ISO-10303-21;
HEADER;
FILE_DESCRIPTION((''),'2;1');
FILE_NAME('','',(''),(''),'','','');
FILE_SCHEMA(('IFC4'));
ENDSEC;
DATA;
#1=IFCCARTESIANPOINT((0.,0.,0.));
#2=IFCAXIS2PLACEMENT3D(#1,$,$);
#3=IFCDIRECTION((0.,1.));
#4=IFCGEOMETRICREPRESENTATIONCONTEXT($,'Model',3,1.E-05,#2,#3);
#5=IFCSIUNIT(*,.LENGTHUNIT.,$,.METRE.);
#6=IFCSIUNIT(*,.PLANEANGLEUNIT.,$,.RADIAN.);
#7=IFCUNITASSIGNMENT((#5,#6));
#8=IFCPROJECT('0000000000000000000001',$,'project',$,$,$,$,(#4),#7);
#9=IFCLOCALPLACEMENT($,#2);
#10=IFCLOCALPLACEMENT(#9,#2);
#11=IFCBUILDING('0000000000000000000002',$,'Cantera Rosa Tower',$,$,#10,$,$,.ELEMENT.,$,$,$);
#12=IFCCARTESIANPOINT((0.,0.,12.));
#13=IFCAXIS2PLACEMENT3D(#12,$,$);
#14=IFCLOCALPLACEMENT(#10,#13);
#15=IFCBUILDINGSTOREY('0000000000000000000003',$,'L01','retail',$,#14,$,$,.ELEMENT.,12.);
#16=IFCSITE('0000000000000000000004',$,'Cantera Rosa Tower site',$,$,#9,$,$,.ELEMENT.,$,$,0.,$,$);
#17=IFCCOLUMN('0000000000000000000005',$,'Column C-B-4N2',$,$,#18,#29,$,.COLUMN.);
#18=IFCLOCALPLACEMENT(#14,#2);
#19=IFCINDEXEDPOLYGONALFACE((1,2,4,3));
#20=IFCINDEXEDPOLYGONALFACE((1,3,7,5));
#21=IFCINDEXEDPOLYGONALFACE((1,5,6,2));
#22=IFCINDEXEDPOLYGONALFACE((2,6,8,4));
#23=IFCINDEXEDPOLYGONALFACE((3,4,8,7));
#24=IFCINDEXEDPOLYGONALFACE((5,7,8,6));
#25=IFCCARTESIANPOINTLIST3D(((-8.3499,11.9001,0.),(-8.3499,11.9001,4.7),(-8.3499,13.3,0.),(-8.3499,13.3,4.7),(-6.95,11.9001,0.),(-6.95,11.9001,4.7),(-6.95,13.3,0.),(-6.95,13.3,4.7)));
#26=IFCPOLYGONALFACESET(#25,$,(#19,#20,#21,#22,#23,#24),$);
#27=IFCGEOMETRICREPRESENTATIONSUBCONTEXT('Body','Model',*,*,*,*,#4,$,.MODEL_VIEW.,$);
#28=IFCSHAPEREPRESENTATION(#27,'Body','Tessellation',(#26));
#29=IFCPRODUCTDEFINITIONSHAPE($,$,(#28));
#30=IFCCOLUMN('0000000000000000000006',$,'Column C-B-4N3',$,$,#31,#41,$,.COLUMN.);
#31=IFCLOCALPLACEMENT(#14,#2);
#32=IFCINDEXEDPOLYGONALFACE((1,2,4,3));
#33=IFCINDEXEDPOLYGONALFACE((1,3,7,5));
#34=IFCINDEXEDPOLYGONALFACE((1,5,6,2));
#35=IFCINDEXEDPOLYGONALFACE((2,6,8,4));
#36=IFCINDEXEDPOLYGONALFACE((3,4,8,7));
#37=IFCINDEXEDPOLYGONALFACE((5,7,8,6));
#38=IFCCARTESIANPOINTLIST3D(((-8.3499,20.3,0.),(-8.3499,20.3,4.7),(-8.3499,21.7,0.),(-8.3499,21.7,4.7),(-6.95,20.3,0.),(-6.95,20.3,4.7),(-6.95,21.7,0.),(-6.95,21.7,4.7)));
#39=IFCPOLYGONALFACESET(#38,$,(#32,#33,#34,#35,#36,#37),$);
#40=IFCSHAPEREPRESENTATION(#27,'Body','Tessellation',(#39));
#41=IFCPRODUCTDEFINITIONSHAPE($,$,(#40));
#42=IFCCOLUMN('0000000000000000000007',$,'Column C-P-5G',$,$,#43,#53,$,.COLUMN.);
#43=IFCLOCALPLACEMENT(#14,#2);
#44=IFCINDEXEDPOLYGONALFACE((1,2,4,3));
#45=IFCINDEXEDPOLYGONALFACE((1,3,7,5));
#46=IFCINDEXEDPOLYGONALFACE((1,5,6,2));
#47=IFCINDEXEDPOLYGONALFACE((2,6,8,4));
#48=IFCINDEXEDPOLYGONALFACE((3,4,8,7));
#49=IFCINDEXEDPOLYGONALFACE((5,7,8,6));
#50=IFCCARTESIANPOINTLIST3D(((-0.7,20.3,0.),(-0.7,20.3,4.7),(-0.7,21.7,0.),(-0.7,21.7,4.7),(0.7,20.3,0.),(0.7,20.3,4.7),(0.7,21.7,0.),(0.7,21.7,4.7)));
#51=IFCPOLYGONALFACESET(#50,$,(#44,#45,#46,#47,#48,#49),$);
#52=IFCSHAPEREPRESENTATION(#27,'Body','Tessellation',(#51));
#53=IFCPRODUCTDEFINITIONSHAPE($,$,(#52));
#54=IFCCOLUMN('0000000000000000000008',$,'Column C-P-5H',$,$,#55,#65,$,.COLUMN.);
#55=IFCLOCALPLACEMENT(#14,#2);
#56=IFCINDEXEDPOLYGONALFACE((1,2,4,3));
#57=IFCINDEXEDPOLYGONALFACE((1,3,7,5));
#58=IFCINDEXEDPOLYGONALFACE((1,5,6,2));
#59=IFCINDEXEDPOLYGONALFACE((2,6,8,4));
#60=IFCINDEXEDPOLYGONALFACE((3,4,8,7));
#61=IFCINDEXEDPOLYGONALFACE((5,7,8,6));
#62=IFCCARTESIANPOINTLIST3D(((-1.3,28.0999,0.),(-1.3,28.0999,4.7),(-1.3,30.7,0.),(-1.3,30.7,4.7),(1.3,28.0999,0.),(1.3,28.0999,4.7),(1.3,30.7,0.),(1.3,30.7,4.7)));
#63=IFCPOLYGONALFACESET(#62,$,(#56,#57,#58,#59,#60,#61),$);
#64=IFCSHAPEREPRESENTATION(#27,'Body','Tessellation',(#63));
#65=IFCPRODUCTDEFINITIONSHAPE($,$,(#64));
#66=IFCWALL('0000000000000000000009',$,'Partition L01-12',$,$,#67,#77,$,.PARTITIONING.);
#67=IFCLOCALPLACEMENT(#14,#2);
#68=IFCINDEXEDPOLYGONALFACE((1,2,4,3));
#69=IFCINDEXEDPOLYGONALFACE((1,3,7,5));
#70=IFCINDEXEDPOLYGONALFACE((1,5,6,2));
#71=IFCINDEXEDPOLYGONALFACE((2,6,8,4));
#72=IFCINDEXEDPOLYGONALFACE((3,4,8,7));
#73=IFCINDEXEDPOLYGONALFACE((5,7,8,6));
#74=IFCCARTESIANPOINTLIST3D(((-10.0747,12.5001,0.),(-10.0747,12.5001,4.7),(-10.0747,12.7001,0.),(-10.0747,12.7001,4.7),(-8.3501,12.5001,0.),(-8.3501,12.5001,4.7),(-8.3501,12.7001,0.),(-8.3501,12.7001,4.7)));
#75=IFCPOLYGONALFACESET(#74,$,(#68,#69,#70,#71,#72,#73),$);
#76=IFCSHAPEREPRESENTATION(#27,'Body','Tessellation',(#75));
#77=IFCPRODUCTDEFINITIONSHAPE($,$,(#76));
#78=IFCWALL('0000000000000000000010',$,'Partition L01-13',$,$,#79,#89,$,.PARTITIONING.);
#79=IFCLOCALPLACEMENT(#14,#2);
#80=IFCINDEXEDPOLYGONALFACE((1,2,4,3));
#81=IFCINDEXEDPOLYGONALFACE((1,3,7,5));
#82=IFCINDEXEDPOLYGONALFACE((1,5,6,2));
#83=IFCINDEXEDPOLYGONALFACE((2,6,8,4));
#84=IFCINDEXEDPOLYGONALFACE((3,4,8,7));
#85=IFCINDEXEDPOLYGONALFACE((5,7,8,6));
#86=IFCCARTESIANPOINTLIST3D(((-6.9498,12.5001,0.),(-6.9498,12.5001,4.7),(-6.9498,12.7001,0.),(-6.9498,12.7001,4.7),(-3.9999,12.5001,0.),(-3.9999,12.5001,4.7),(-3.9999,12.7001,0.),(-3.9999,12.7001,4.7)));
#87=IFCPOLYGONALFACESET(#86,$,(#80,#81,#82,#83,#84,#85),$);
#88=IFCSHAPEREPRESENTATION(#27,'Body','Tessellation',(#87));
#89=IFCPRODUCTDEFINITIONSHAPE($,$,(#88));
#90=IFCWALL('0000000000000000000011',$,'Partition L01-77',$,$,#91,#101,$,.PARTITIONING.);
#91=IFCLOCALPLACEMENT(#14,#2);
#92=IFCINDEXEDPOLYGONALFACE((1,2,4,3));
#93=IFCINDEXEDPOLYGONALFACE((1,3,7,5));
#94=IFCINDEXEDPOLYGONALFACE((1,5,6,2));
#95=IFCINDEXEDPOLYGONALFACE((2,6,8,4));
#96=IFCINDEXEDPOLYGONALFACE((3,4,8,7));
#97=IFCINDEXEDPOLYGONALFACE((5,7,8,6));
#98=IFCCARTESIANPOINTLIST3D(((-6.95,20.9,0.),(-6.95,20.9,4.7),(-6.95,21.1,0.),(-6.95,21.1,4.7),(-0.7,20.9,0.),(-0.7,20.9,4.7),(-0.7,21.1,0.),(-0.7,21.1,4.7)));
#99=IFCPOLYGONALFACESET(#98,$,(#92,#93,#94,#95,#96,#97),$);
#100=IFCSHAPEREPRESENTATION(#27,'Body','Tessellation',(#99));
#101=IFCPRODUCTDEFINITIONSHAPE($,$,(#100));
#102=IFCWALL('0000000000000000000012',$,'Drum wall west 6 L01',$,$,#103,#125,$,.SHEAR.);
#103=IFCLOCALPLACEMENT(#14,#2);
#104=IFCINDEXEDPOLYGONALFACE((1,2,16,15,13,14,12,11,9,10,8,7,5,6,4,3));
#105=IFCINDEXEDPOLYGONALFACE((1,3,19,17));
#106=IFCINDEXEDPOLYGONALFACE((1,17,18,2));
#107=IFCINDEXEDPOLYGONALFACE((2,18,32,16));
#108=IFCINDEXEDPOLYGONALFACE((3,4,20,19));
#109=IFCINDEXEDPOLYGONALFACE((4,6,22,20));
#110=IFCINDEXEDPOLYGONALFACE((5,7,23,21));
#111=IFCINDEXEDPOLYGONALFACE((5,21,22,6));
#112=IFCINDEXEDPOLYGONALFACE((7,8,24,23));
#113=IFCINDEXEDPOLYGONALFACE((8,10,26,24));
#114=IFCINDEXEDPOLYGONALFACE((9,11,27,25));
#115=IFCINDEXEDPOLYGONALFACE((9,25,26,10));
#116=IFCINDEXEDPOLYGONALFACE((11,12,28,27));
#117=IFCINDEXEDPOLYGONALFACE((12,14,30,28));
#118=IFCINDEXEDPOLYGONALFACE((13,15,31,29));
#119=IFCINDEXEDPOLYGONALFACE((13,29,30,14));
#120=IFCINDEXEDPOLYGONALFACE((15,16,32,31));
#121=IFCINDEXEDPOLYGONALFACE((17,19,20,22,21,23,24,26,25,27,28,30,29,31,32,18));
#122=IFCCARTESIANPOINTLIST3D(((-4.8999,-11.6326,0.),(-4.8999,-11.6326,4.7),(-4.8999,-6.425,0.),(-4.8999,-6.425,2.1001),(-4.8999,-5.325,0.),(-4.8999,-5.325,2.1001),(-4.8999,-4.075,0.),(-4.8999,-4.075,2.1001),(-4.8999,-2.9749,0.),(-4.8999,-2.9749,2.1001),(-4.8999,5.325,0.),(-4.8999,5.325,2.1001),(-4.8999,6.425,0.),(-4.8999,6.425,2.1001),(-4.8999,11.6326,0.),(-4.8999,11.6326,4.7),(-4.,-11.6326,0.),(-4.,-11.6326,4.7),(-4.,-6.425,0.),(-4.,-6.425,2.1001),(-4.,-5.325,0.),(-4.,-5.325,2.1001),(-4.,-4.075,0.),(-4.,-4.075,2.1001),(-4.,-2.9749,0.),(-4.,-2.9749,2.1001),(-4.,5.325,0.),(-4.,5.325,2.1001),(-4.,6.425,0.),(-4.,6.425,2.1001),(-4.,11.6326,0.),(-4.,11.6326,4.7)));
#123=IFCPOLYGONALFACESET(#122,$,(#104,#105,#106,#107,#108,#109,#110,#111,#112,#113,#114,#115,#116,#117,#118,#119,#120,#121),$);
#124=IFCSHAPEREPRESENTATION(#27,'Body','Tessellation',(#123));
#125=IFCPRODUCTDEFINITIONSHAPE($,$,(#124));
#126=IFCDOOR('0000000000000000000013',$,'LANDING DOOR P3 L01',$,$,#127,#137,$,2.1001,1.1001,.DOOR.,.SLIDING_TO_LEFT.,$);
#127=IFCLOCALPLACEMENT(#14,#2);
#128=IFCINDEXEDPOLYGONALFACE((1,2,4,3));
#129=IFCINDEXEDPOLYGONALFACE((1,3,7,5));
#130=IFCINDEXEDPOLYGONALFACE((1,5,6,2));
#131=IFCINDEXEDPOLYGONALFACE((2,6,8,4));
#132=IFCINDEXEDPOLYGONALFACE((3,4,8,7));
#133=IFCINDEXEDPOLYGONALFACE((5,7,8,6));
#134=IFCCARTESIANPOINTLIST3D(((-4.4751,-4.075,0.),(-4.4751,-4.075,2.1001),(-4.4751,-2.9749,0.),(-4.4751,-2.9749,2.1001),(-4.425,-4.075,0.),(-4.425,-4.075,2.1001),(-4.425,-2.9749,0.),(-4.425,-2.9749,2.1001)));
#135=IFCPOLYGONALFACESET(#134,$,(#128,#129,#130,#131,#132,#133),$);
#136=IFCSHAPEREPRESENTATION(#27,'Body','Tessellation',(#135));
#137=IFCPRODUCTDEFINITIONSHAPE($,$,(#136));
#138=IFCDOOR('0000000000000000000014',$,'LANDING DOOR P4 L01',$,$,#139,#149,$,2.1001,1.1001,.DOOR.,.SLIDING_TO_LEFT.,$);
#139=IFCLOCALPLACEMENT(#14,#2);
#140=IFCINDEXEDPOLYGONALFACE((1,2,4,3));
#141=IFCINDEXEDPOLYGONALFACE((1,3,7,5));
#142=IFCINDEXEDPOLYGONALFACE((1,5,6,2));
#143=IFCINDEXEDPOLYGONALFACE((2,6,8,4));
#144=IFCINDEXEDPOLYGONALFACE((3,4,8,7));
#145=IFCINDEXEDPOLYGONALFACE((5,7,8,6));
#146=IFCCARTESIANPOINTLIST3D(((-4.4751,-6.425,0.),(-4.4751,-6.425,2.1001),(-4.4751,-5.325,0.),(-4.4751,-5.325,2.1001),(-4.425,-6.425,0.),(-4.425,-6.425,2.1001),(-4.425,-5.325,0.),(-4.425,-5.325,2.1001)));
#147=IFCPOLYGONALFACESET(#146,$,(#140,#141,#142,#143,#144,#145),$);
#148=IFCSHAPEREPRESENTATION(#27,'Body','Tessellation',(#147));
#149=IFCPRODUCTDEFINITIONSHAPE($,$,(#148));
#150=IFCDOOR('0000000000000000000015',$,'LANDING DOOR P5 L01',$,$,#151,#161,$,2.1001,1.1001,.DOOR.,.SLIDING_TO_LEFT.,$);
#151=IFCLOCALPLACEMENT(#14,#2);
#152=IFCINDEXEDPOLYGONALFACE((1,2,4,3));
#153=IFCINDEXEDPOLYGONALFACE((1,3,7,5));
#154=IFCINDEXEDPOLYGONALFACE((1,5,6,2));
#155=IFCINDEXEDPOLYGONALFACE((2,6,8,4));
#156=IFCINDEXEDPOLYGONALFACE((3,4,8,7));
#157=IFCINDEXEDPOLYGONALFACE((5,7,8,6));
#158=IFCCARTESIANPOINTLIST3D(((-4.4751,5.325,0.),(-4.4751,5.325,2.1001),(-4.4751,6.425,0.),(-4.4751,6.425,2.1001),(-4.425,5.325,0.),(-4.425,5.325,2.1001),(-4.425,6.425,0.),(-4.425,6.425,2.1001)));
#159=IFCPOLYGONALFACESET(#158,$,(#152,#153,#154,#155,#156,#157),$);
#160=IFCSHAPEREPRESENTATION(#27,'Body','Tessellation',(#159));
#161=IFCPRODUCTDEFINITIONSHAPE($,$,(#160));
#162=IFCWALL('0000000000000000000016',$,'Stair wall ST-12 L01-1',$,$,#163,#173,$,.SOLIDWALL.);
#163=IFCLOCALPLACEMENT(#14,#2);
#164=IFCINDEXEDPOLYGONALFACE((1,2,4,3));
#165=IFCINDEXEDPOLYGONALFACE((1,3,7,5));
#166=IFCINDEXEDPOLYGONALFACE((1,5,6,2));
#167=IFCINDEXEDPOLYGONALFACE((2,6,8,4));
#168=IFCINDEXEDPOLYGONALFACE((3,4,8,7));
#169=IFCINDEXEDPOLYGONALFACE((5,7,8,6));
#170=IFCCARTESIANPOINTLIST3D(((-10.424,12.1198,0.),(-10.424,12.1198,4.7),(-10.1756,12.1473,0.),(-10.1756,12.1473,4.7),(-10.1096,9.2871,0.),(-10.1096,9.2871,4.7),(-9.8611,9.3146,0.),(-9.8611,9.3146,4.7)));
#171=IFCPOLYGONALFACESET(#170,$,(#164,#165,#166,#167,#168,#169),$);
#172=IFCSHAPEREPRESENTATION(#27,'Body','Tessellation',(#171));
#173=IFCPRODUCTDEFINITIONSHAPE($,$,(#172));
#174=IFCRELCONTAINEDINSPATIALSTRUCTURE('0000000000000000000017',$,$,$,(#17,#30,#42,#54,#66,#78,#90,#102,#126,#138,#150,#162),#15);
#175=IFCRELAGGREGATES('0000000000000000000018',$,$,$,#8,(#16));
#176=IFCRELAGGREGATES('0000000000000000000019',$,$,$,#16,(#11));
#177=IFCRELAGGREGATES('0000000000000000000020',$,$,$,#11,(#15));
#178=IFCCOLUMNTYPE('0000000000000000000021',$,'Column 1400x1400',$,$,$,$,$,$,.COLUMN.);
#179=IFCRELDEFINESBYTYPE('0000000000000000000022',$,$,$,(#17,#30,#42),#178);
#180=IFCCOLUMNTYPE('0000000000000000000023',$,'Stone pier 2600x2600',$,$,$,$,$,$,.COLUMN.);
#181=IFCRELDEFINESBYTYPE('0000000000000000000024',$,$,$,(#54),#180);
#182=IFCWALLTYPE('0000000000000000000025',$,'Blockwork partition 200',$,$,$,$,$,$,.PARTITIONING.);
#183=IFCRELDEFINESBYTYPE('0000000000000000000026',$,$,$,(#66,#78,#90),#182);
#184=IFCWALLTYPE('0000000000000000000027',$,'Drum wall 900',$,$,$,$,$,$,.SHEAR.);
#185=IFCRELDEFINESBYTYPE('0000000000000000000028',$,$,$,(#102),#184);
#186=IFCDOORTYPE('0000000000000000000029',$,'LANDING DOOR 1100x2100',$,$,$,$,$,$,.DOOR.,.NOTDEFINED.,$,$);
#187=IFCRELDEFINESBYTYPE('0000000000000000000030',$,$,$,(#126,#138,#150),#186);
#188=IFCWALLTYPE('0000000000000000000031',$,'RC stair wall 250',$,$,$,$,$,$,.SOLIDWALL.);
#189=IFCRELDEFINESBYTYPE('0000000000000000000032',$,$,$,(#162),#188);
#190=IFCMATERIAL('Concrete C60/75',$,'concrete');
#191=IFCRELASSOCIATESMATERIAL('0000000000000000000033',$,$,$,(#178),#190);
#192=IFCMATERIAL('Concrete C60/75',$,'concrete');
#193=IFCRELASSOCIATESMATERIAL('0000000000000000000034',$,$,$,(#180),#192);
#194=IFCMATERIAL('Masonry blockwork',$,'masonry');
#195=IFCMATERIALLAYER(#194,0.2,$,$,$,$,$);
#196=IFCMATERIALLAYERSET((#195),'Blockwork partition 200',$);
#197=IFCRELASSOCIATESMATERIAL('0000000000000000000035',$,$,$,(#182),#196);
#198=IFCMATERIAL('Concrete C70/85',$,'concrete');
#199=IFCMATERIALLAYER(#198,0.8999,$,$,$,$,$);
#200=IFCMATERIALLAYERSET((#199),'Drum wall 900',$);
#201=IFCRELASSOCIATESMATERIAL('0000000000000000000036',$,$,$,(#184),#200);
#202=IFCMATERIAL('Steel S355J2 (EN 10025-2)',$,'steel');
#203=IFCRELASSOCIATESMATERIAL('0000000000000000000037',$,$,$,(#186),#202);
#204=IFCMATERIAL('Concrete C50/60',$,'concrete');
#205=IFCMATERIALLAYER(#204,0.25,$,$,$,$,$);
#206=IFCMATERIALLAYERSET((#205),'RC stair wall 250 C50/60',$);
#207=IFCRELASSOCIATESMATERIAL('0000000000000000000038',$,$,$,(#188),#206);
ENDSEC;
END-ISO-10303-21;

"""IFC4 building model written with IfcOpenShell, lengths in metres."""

from ifc_helpers import new_model, si_unit, direction, frame, frame_2d, origin, origin_2d, place, context, subcontext, project, spatial, rectangle, extrude, material, layer, layer_set, material_profile, profile_set, type_object, element, fill, save


model = new_model("IFC4")

# Units and contexts
model_context = context("Model", 3, precision=1e-05, world=origin(), true_north=direction((0.0, 1.0)))
body_context = subcontext(model_context, "Body", "Model", "MODEL_VIEW")
ifc_project = project(units=[si_unit("LENGTHUNIT", "METRE"), si_unit("PLANEANGLEUNIT", "RADIAN")], contexts=[model_context])

# Site, building, storey
site_placement = place(None, origin())
site = spatial("IfcSite", under=ifc_project, at=site_placement, Name="Cantera Rosa Tower site", CompositionType="ELEMENT", RefElevation=0.0)
building_placement = place(site_placement, origin())
building = spatial("IfcBuilding", under=site, at=building_placement, Name="Cantera Rosa Tower", CompositionType="ELEMENT")
storey_placement = place(building_placement, frame((0.0, 0.0, 12.0)))
storey = spatial("IfcBuildingStorey", under=building, at=storey_placement, Name="L01", Description="retail", CompositionType="ELEMENT", Elevation=12.0)

# Columns
ifc_material_1 = material(Name="Concrete C60/75", Category="concrete")
ifc_material_profile_1 = material_profile(ifc_material_1, rectangle(XDim=1.3999, YDim=1.3999, at=origin_2d()), Name="Column 1400x1400")
ifc_profile_set_1 = profile_set([ifc_material_profile_1], Name="Concrete C60/75")
column_type_1 = type_object("IfcColumnType", Name="Column 1400x1400", PredefinedType="COLUMN", material=ifc_profile_set_1)
for number, where, z_axis, x_axis, name in (
    (1, (-7.6499, 12.6001, 0.0), (0.0, 0.0, 1.0), (1.0, 0.0, 0.0), "Column C-B-4N2"),
    (2, (-7.6499, 21.0, 0.0), (0.0, 0.0, 1.0), (1.0, 0.0, 0.0), "Column C-B-4N3"),
    (3, (0.0, 21.0, 0.0), (0.0, 0.0, 1.0), (1.0, 0.0, 0.0), "Column C-P-5G"),
):
    element("IfcColumn", number, at=place(storey_placement, frame(where, z_axis=z_axis, x_axis=x_axis)), inside=storey, type_object=column_type_1, Name=name, PredefinedType="COLUMN", context=body_context, shape_type="SweptSolid", body=[
        extrude(rectangle(XDim=1.3999, YDim=1.3999, at=origin_2d()), origin(), (0.0, 0.0, 1.0), 4.7),
    ])
ifc_material_2 = material(Name="Concrete C60/75", Category="concrete")
ifc_material_profile_2 = material_profile(ifc_material_2, rectangle(XDim=2.6001, YDim=2.6001, at=origin_2d()), Name="Stone pier 2600x2600")
ifc_profile_set_2 = profile_set([ifc_material_profile_2], Name="Concrete C60/75")
column_type_2 = type_object("IfcColumnType", Name="Stone pier 2600x2600", PredefinedType="COLUMN", material=ifc_profile_set_2)
column_placement = place(storey_placement, frame((0.0, 29.3999, 0.0), z_axis=(0.0, 0.0, 1.0), x_axis=(1.0, 0.0, 0.0)))
element("IfcColumn", 4, at=column_placement, inside=storey, type_object=column_type_2, Name="Column C-P-5H", PredefinedType="COLUMN", context=body_context, shape_type="SweptSolid", body=[
    extrude(rectangle(XDim=2.6001, YDim=2.6001, at=origin_2d()), origin(), (0.0, 0.0, 1.0), 4.7),
])

# Walls
ifc_material_3 = material(Name="Masonry blockwork", Category="masonry")
ifc_layer_1 = layer(ifc_material_3, 0.2)
ifc_layer_set_1 = layer_set([ifc_layer_1], Name="Blockwork partition 200")
wall_type_1 = type_object("IfcWallType", Name="Blockwork partition 200", PredefinedType="PARTITIONING", material=ifc_layer_set_1)
wall_1_placement = place(storey_placement, frame((-10.0747, 12.6001, 0.0), z_axis=(0.0, 0.0, 1.0), x_axis=(1.0, 0.0, 0.0)))
element("IfcWall", 5, at=wall_1_placement, inside=storey, type_object=wall_type_1, Name="Partition L01-12", PredefinedType="PARTITIONING", context=body_context, shape_type="SweptSolid", body=[
    extrude(rectangle(XDim=1.7246, YDim=0.2, at=frame_2d((0.8623, 0.0))), origin(), (0.0, 0.0, 1.0), 4.7),
])
wall_2_placement = place(storey_placement, frame((-6.95, 12.6001, 0.0), z_axis=(0.0, 0.0, 1.0), x_axis=(1.0, 0.0, 0.0)))
element("IfcWall", 6, at=wall_2_placement, inside=storey, type_object=wall_type_1, Name="Partition L01-13", PredefinedType="PARTITIONING", context=body_context, shape_type="SweptSolid", body=[
    extrude(rectangle(XDim=2.95, YDim=0.2, at=frame_2d((1.4751, 0.0))), origin(), (0.0, 0.0, 1.0), 4.7),
])
wall_3_placement = place(storey_placement, frame((-6.95, 21.0, 0.0), z_axis=(0.0, 0.0, 1.0), x_axis=(1.0, 0.0, 0.0)))
element("IfcWall", 7, at=wall_3_placement, inside=storey, type_object=wall_type_1, Name="Partition L01-77", PredefinedType="PARTITIONING", context=body_context, shape_type="SweptSolid", body=[
    extrude(rectangle(XDim=6.25, YDim=0.2, at=frame_2d((3.125, 0.0))), origin(), (0.0, 0.0, 1.0), 4.7),
])

# Wall, openings, doors
ifc_material_4 = material(Name="Concrete C70/85", Category="concrete")
ifc_layer_2 = layer(ifc_material_4, 0.8999)
ifc_layer_set_2 = layer_set([ifc_layer_2], Name="Drum wall 900")
wall_type_2 = type_object("IfcWallType", Name="Drum wall 900", PredefinedType="SHEAR", material=ifc_layer_set_2)
wall_4_placement = place(storey_placement, frame((-4.45, 11.6326, 0.0), z_axis=(0.0, 0.0, 1.0), x_axis=(0.0, -1.0, 0.0)))
wall_4 = element("IfcWall", 8, at=wall_4_placement, inside=storey, type_object=wall_type_2, Name="Drum wall west 6 L01", PredefinedType="SHEAR", context=body_context, shape_type="SweptSolid", body=[
    extrude(rectangle(XDim=23.2651, YDim=0.8999, at=frame_2d((11.6326, 0.0))), origin(), (0.0, 0.0, 1.0), 4.7),
])
opening_1_placement = place(wall_4_placement, frame((14.6074, 0.0, 0.0)))
opening_1 = element("IfcOpeningElement", 9, at=opening_1_placement, cuts=wall_4, PredefinedType="OPENING", context=body_context, shape_type="SweptSolid", body=[
    extrude(rectangle(XDim=1.1001, YDim=2.1001, at=frame_2d((0.55, 1.05))), frame((0.0, 0.46, 0.0), z_axis=(0.0, -1.0, 0.0), x_axis=(1.0, 0.0, 0.0)), (0.0, 0.0, 1.0), 0.9199),
])
opening_2_placement = place(wall_4_placement, frame((16.9575, 0.0, 0.0)))
opening_2 = element("IfcOpeningElement", 10, at=opening_2_placement, cuts=wall_4, PredefinedType="OPENING", context=body_context, shape_type="SweptSolid", body=[
    extrude(rectangle(XDim=1.1001, YDim=2.1001, at=frame_2d((0.55, 1.05))), frame((0.0, 0.46, 0.0), z_axis=(0.0, -1.0, 0.0), x_axis=(1.0, 0.0, 0.0)), (0.0, 0.0, 1.0), 0.9199),
])
opening_3_placement = place(wall_4_placement, frame((5.2075, 0.0, 0.0)))
opening_3 = element("IfcOpeningElement", 11, at=opening_3_placement, cuts=wall_4, PredefinedType="OPENING", context=body_context, shape_type="SweptSolid", body=[
    extrude(rectangle(XDim=1.1001, YDim=2.1001, at=frame_2d((0.55, 1.05))), frame((0.0, 0.46, 0.0), z_axis=(0.0, -1.0, 0.0), x_axis=(1.0, 0.0, 0.0)), (0.0, 0.0, 1.0), 0.9199),
])
ifc_material_5 = material(Name="Steel S355J2 (EN 10025-2)", Category="steel")
door_type = type_object("IfcDoorType", Name="LANDING DOOR 1100x2100", OperationType="NOTDEFINED", PredefinedType="DOOR", material=ifc_material_5)
door_1_placement = place(opening_1_placement, origin())
door_1 = element("IfcDoor", 12, at=door_1_placement, inside=storey, type_object=door_type, Name="LANDING DOOR P3 L01", OperationType="SLIDING_TO_LEFT", OverallHeight=2.1001, OverallWidth=1.1001, PredefinedType="DOOR", context=body_context, shape_type="SweptSolid", body=[
    extrude(rectangle(XDim=1.1001, YDim=2.1001, at=frame_2d((0.55, 1.05))), frame((0.0, 0.0249, 0.0), z_axis=(0.0, -1.0, 0.0), x_axis=(1.0, 0.0, 0.0)), (0.0, 0.0, 1.0), 0.05),
])
fill(opening_1, door_1)
door_2_placement = place(opening_2_placement, origin())
door_2 = element("IfcDoor", 13, at=door_2_placement, inside=storey, type_object=door_type, Name="LANDING DOOR P4 L01", OperationType="SLIDING_TO_LEFT", OverallHeight=2.1001, OverallWidth=1.1001, PredefinedType="DOOR", context=body_context, shape_type="SweptSolid", body=[
    extrude(rectangle(XDim=1.1001, YDim=2.1001, at=frame_2d((0.55, 1.05))), frame((0.0, 0.0249, 0.0), z_axis=(0.0, -1.0, 0.0), x_axis=(1.0, 0.0, 0.0)), (0.0, 0.0, 1.0), 0.05),
])
fill(opening_2, door_2)
door_3_placement = place(opening_3_placement, origin())
door_3 = element("IfcDoor", 14, at=door_3_placement, inside=storey, type_object=door_type, Name="LANDING DOOR P5 L01", OperationType="SLIDING_TO_LEFT", OverallHeight=2.1001, OverallWidth=1.1001, PredefinedType="DOOR", context=body_context, shape_type="SweptSolid", body=[
    extrude(rectangle(XDim=1.1001, YDim=2.1001, at=frame_2d((0.55, 1.05))), frame((0.0, 0.0249, 0.0), z_axis=(0.0, -1.0, 0.0), x_axis=(1.0, 0.0, 0.0)), (0.0, 0.0, 1.0), 0.05),
])
fill(opening_3, door_3)

# Wall
ifc_material_6 = material(Name="Concrete C50/60", Category="concrete")
ifc_layer_3 = layer(ifc_material_6, 0.25)
ifc_layer_set_3 = layer_set([ifc_layer_3], Name="RC stair wall 250 C50/60")
wall_type_3 = type_object("IfcWallType", Name="RC stair wall 250", PredefinedType="SOLIDWALL", material=ifc_layer_set_3)
wall_5_placement = place(storey_placement, frame((-10.2998, 12.1335, 0.0), z_axis=(0.0, 0.0, 1.0), x_axis=(0.110328, -0.993895, 0.0)))
element("IfcWall", 15, at=wall_5_placement, inside=storey, type_object=wall_type_3, Name="Stair wall ST-12 L01-1", PredefinedType="SOLIDWALL", context=body_context, shape_type="SweptSolid", body=[
    extrude(rectangle(XDim=2.8501, YDim=0.25, at=frame_2d((1.425, 0.0))), origin(), (0.0, 0.0, 1.0), 4.7),
])

save(model, "model.ifc")
